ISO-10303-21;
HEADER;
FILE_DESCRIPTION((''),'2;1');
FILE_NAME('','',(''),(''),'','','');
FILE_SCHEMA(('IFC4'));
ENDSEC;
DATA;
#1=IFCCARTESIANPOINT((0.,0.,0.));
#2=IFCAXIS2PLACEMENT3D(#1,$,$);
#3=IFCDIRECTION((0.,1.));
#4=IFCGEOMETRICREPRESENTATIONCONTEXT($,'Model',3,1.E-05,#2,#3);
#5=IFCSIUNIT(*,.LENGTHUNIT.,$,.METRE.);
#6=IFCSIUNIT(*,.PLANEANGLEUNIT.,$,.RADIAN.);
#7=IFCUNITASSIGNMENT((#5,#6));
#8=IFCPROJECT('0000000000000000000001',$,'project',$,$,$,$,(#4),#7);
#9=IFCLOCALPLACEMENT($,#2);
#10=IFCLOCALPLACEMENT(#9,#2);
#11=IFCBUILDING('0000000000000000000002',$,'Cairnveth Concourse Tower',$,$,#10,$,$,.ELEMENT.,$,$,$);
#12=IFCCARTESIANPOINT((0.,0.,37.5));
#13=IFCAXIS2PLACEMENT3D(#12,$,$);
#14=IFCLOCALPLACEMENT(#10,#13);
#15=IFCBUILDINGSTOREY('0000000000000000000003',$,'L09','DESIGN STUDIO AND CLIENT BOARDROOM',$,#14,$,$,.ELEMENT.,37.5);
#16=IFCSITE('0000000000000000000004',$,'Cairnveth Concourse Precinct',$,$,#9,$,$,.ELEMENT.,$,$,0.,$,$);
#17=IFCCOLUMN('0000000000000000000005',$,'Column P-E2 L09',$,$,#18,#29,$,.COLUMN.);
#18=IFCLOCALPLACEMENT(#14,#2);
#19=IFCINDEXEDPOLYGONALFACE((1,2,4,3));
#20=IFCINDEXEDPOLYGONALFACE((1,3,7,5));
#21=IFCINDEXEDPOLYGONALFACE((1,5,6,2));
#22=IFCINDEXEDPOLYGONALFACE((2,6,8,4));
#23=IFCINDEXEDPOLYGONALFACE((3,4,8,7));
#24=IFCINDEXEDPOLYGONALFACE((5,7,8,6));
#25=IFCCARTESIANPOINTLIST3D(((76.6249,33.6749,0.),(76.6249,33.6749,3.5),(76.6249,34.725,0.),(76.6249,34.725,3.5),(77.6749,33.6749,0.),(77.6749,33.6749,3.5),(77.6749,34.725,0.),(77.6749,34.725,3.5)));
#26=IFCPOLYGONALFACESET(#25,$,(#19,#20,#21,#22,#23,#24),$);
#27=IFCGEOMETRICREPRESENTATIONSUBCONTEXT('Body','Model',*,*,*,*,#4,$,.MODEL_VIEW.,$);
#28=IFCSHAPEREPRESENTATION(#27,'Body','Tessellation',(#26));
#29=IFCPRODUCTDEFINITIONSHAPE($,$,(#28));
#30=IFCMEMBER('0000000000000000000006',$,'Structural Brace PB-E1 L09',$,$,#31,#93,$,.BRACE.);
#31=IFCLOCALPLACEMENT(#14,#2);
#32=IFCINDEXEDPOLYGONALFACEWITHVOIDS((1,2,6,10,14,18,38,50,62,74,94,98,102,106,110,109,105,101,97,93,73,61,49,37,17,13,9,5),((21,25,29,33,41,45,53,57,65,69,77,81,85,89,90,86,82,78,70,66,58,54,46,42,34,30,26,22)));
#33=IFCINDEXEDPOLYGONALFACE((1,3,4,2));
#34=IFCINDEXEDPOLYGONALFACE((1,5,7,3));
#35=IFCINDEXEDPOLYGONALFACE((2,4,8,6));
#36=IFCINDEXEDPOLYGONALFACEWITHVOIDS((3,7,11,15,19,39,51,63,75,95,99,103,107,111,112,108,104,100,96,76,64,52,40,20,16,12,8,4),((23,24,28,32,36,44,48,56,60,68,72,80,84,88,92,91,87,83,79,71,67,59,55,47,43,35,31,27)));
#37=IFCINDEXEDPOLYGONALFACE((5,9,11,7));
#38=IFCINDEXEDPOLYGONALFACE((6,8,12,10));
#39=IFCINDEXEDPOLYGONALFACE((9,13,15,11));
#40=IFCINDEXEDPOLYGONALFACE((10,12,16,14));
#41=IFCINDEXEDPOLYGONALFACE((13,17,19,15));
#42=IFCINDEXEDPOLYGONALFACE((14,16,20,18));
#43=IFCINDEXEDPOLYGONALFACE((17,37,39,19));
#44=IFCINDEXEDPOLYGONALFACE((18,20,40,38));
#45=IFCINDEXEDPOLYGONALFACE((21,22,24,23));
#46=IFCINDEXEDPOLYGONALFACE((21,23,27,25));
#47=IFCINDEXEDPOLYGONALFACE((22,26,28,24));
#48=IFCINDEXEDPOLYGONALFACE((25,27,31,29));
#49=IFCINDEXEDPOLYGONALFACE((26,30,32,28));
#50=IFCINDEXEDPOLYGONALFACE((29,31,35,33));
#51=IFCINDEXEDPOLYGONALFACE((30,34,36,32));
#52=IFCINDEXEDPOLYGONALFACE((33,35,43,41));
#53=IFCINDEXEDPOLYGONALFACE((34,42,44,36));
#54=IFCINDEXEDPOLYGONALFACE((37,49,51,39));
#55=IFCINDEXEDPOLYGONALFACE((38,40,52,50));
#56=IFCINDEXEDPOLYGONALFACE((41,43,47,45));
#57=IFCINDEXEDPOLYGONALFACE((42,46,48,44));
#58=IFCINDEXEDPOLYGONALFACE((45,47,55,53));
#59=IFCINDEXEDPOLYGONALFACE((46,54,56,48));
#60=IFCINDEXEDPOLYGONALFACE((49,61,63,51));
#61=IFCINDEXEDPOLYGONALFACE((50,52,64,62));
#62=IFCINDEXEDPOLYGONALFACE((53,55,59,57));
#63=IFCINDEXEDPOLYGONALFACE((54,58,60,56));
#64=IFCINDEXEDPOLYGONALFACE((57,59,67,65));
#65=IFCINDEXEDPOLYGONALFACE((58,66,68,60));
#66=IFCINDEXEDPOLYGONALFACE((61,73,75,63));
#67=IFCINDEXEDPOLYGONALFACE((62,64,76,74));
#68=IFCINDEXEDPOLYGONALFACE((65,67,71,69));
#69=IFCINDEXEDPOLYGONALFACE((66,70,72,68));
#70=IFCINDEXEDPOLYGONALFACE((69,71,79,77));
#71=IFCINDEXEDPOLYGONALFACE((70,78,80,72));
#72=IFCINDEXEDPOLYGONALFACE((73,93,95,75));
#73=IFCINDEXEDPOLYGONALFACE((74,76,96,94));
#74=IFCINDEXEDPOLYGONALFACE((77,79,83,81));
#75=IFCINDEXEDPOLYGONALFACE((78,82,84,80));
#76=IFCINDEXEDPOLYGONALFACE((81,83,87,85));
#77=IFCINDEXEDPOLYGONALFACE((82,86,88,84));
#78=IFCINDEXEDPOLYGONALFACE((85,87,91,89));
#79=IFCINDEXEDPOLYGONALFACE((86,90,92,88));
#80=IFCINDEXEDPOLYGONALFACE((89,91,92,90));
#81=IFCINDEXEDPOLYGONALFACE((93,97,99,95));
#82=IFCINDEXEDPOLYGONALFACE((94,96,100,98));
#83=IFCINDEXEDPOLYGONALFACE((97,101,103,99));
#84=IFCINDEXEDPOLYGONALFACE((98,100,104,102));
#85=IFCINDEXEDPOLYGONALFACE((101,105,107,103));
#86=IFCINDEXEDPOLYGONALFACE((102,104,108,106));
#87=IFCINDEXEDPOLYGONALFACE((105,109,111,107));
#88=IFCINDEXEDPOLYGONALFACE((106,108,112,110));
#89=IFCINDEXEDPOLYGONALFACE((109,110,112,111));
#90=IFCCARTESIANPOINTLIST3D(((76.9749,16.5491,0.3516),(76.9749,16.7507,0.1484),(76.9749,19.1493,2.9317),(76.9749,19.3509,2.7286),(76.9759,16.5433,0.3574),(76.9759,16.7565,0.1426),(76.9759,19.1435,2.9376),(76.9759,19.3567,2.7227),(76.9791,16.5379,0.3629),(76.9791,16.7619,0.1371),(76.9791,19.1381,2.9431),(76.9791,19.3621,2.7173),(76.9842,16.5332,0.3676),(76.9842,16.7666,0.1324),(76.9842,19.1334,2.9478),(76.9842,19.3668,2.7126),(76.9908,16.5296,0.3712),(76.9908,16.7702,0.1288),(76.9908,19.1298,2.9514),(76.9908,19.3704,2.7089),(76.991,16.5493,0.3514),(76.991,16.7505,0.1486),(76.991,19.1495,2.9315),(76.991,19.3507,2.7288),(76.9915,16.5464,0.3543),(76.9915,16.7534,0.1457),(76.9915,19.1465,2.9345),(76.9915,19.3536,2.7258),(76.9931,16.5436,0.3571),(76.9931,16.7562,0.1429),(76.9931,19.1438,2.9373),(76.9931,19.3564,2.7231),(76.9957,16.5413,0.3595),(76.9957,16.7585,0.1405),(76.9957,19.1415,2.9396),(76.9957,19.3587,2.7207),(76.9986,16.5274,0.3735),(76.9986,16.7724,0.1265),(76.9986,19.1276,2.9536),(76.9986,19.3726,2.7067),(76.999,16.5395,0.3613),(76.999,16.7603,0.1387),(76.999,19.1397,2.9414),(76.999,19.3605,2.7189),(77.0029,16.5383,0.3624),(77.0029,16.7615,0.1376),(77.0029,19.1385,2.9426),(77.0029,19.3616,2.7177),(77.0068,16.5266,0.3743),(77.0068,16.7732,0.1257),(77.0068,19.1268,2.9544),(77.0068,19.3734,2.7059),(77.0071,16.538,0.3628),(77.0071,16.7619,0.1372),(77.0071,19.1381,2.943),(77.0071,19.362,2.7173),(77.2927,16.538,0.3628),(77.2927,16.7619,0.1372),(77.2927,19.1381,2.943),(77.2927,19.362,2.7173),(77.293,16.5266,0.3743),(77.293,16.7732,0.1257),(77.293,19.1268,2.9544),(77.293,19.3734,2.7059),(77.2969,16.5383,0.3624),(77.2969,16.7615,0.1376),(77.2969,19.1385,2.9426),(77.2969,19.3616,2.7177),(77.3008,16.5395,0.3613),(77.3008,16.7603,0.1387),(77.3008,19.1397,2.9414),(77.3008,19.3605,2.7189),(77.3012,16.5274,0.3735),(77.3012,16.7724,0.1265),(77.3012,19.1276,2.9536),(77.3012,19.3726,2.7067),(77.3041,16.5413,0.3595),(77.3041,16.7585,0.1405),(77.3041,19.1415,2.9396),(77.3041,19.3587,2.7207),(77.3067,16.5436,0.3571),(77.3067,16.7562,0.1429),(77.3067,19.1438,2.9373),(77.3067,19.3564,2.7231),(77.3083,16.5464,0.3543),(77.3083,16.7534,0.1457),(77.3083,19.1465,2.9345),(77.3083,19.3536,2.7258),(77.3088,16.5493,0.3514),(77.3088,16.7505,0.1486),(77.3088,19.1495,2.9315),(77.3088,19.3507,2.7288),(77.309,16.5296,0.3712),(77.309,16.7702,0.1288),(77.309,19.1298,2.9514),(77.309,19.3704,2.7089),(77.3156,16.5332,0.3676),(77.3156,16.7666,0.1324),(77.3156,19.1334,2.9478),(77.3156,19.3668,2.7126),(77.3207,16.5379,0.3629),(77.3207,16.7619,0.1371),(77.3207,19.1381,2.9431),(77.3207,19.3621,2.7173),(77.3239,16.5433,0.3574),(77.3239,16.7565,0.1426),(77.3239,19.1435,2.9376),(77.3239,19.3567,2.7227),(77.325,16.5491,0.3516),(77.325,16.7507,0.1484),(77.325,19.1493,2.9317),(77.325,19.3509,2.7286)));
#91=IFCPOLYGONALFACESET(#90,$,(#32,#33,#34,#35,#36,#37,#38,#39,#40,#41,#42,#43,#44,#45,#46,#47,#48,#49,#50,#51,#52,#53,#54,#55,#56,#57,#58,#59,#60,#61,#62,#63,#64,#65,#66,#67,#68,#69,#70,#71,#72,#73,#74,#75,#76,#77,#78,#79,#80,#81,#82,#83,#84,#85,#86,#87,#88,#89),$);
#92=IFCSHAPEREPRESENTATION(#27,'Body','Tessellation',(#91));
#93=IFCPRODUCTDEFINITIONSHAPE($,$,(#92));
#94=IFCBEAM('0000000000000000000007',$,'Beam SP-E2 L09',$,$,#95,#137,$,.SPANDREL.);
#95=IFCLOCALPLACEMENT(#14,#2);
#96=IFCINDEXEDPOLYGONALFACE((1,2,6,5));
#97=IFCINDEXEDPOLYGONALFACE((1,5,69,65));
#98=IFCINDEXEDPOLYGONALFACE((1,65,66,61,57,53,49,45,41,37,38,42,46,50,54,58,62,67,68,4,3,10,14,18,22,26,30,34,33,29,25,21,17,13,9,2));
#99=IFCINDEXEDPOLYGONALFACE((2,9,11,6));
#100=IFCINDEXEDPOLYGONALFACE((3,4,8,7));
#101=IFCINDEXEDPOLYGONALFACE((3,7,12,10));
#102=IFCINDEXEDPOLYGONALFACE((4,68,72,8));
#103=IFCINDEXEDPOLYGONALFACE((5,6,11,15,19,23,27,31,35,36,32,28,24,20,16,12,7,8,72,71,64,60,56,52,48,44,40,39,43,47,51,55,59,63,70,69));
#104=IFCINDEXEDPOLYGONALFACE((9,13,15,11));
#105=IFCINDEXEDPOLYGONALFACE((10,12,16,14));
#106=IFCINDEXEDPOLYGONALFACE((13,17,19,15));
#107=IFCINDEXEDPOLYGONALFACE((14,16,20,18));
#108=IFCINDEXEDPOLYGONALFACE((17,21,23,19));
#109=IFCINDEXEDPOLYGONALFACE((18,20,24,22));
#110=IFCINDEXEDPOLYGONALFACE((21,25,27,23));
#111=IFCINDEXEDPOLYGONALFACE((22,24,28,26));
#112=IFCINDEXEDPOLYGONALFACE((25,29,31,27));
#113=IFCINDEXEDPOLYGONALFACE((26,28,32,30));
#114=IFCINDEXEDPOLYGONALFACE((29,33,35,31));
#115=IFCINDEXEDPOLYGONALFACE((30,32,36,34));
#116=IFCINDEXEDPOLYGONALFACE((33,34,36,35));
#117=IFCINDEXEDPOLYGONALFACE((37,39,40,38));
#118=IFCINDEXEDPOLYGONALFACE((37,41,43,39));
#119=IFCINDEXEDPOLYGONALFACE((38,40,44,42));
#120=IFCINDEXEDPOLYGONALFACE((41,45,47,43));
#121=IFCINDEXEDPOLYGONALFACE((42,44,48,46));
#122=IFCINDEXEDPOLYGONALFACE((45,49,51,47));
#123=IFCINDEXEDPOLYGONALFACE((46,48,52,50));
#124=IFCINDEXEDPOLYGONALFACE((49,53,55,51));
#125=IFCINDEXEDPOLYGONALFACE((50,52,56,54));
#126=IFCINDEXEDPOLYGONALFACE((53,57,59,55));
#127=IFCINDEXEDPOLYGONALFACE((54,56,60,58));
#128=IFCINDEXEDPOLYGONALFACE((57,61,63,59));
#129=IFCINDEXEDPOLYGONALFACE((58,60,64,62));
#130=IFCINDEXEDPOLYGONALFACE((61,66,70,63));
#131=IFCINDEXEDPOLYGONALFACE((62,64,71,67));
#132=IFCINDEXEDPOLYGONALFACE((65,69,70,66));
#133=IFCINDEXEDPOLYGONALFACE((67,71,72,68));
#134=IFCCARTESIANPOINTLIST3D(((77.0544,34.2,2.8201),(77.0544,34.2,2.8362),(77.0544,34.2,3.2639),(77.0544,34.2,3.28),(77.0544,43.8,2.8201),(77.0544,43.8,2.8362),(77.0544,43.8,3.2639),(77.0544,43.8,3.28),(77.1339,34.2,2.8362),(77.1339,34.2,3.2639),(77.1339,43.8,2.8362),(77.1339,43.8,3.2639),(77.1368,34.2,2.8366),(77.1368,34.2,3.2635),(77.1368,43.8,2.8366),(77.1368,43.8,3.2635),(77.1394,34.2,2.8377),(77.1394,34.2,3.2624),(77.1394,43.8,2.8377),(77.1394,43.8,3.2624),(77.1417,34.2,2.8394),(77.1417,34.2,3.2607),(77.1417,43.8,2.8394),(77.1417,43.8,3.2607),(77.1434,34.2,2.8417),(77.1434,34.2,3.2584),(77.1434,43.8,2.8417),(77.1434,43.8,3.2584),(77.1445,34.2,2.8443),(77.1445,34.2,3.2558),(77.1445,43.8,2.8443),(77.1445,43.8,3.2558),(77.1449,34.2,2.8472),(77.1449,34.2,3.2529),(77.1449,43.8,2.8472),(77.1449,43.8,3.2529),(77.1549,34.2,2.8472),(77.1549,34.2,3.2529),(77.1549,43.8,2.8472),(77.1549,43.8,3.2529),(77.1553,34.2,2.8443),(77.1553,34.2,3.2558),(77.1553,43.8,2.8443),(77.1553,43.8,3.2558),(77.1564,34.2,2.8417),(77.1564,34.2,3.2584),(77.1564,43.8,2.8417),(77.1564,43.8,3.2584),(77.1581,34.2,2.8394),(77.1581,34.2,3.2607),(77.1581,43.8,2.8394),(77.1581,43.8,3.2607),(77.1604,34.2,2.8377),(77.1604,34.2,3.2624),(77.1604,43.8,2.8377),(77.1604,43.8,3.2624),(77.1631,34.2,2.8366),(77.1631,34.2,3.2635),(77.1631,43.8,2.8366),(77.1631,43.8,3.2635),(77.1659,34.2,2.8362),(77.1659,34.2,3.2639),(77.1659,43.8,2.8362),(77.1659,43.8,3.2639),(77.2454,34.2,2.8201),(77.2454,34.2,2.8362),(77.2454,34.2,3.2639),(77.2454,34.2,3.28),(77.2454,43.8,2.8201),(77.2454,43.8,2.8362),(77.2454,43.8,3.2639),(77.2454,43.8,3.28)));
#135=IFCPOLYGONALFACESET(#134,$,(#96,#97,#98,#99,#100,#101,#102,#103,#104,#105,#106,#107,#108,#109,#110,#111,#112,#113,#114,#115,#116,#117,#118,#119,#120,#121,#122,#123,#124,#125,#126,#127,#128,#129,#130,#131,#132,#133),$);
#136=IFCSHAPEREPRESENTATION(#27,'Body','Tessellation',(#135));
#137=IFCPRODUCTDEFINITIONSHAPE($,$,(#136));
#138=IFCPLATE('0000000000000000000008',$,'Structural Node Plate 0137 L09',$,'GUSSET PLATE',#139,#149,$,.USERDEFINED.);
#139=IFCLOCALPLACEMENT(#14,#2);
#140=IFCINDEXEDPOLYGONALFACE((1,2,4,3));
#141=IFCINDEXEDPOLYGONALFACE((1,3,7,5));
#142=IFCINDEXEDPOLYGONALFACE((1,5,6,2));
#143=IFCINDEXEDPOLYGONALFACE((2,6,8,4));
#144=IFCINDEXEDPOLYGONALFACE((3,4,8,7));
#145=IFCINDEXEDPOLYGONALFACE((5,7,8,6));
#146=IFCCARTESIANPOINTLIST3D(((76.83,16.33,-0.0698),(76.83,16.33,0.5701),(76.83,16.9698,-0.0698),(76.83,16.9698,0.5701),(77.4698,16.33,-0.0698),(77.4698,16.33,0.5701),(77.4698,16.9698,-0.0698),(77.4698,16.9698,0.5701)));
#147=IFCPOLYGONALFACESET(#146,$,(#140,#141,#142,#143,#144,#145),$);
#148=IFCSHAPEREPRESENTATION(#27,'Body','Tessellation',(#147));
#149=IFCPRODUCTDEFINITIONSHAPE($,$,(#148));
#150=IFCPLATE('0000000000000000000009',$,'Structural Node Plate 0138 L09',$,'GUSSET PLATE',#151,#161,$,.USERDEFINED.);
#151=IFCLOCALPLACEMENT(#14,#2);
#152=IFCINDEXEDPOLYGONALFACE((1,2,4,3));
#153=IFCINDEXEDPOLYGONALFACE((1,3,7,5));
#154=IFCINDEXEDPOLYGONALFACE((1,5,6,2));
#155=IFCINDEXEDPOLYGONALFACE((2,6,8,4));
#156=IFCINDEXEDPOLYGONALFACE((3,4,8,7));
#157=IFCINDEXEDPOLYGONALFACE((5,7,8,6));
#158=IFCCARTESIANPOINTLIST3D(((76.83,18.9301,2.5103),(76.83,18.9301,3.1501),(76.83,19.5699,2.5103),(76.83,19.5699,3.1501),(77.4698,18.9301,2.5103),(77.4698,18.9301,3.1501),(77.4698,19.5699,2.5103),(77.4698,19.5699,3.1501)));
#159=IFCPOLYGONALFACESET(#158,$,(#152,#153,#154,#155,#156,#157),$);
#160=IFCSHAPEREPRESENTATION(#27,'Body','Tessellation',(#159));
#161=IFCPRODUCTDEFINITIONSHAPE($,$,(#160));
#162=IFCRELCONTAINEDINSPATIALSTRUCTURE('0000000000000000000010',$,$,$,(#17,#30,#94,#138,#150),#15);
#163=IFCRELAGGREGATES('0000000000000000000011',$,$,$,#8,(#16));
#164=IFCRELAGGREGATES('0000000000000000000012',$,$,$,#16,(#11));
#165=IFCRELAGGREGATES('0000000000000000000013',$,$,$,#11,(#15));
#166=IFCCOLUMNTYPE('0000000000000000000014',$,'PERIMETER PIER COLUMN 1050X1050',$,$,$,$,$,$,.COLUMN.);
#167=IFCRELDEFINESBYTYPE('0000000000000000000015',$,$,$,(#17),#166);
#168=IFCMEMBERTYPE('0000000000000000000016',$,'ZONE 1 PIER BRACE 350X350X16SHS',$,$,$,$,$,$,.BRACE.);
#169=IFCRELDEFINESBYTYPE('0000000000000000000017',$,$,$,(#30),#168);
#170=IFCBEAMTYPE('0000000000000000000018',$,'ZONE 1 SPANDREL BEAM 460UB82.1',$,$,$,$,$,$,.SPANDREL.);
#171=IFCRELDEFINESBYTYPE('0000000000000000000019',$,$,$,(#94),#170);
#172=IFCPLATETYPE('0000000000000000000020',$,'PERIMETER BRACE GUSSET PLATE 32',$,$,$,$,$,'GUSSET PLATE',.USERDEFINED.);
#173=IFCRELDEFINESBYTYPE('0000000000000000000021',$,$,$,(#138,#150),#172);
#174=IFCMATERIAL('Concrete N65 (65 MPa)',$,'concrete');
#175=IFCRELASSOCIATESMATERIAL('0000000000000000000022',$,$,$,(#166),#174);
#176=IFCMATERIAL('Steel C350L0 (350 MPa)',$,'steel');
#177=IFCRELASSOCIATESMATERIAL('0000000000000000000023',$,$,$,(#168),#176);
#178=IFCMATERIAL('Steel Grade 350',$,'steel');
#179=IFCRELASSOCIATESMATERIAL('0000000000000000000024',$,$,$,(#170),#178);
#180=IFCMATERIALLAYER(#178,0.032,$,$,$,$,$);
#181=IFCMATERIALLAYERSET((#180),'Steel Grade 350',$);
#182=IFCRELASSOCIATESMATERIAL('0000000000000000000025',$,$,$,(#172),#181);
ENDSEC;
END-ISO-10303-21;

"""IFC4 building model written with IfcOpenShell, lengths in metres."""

from ifc_helpers import new_model, si_unit, direction, frame, origin, origin_2d, place, context, subcontext, project, spatial, rectangle, hollow_rectangle, i_section, extrude, material, layer, layer_set, material_profile, profile_set, type_object, element, save


model = new_model("IFC4")

# Units and contexts
model_context = context("Model", 3, precision=1e-05, world=origin(), true_north=direction((0.0, 1.0)))
body_context = subcontext(model_context, "Body", "Model", "MODEL_VIEW")
ifc_project = project(units=[si_unit("LENGTHUNIT", "METRE"), si_unit("PLANEANGLEUNIT", "RADIAN")], contexts=[model_context])

# Site, building, storey
site_placement = place(None, origin())
site = spatial("IfcSite", under=ifc_project, at=site_placement, Name="Cairnveth Concourse Precinct", CompositionType="ELEMENT", RefElevation=0.0)
building_placement = place(site_placement, origin())
building = spatial("IfcBuilding", under=site, at=building_placement, Name="Cairnveth Concourse Tower", CompositionType="ELEMENT")
storey_placement = place(building_placement, frame((0.0, 0.0, 37.5)))
storey = spatial("IfcBuildingStorey", under=building, at=storey_placement, Name="L09", Description="DESIGN STUDIO AND CLIENT BOARDROOM", CompositionType="ELEMENT", Elevation=37.5)

# Column
ifc_material_1 = material(Name="Concrete N65 (65 MPa)", Category="concrete")
ifc_material_profile_1 = material_profile(ifc_material_1, rectangle(XDim=1.05, YDim=1.05, at=origin_2d()), Name="RC-COL-1050x1050")
ifc_profile_set_1 = profile_set([ifc_material_profile_1], Name="Concrete N65 (65 MPa)")
column_type = type_object("IfcColumnType", Name="PERIMETER PIER COLUMN 1050X1050", PredefinedType="COLUMN", material=ifc_profile_set_1)
column_placement = place(storey_placement, frame((77.1499, 34.2, 0.0), z_axis=(0.0, 0.0, 1.0), x_axis=(0.0, 1.0, 0.0)))
element("IfcColumn", 1, at=column_placement, inside=storey, type_object=column_type, Name="Column P-E2 L09", PredefinedType="COLUMN", context=body_context, shape_type="SweptSolid", body=[
    extrude(rectangle(XDim=1.05, YDim=1.05, at=origin_2d()), origin(), (0.0, 0.0, 1.0), 3.5),
])

# Member
ifc_material_2 = material(Name="Steel C350L0 (350 MPa)", Category="steel")
ifc_material_profile_2 = material_profile(ifc_material_2, hollow_rectangle(XDim=0.3501, YDim=0.3501, WallThickness=0.0161, InnerFilletRadius=0.0161, OuterFilletRadius=0.032, at=origin_2d()), Name="350x350x16.0SHS")
ifc_profile_set_2 = profile_set([ifc_material_profile_2], Name="Steel C350L0 (350 MPa)")
member_type = type_object("IfcMemberType", Name="ZONE 1 PIER BRACE 350X350X16SHS", PredefinedType="BRACE", material=ifc_profile_set_2)
member_placement = place(storey_placement, frame((77.1499, 16.6499, 0.25), z_axis=(0.0, 0.709834, 0.704369), x_axis=(-1.0, 0.0, 0.0)))
element("IfcMember", 2, at=member_placement, inside=storey, type_object=member_type, Name="Structural Brace PB-E1 L09", PredefinedType="BRACE", context=body_context, shape_type="SweptSolid", body=[
    extrude(hollow_rectangle(XDim=0.3501, YDim=0.3501, WallThickness=0.0161, InnerFilletRadius=0.0161, OuterFilletRadius=0.032, at=origin_2d()), origin(), (0.0, 0.0, 1.0), 3.6631),
])

# Beam
ifc_material_3 = material(Name="Steel Grade 350", Category="steel")
ifc_material_profile_3 = material_profile(ifc_material_3, i_section(OverallWidth=0.1909, OverallDepth=0.46, WebThickness=0.01, FlangeThickness=0.0161, FilletRadius=0.011, at=origin_2d()), Name="460UB82.1")
ifc_profile_set_3 = profile_set([ifc_material_profile_3], Name="Steel Grade 350")
beam_type = type_object("IfcBeamType", Name="ZONE 1 SPANDREL BEAM 460UB82.1", PredefinedType="SPANDREL", material=ifc_profile_set_3)
beam_placement = place(storey_placement, frame((77.1499, 34.2, 3.05), z_axis=(0.0, 1.0, 0.0), x_axis=(-1.0, 0.0, 0.0)))
element("IfcBeam", 3, at=beam_placement, inside=storey, type_object=beam_type, Name="Beam SP-E2 L09", PredefinedType="SPANDREL", context=body_context, shape_type="SweptSolid", body=[
    extrude(i_section(OverallWidth=0.1909, OverallDepth=0.46, WebThickness=0.01, FlangeThickness=0.0161, FilletRadius=0.011, at=origin_2d()), origin(), (0.0, 0.0, 1.0), 9.6001),
])

# Plates
ifc_layer_1 = layer(ifc_material_3, 0.032)
ifc_layer_set_1 = layer_set([ifc_layer_1], Name="Steel Grade 350")
plate_type = type_object("IfcPlateType", Name="PERIMETER BRACE GUSSET PLATE 32", ElementType="GUSSET PLATE", PredefinedType="USERDEFINED", material=ifc_layer_set_1)
for number, where, z_axis, x_axis, name in (
    (4, (77.1499, 16.6499, -0.0698), (0.0, 0.0, 1.0), (1.0, 0.0, 0.0), "Structural Node Plate 0137 L09"),
    (5, (77.1499, 19.25, 2.5103), (0.0, 0.0, 1.0), (1.0, 0.0, 0.0), "Structural Node Plate 0138 L09"),
):
    element("IfcPlate", number, at=place(storey_placement, frame(where, z_axis=z_axis, x_axis=x_axis)), inside=storey, type_object=plate_type, Name=name, ObjectType="GUSSET PLATE", PredefinedType="USERDEFINED", context=body_context, shape_type="SweptSolid", body=[
        extrude(rectangle(XDim=0.6399, YDim=0.6399, at=origin_2d()), origin(), (0.0, 0.0, 1.0), 0.6399),
    ])

save(model, "model.ifc")
